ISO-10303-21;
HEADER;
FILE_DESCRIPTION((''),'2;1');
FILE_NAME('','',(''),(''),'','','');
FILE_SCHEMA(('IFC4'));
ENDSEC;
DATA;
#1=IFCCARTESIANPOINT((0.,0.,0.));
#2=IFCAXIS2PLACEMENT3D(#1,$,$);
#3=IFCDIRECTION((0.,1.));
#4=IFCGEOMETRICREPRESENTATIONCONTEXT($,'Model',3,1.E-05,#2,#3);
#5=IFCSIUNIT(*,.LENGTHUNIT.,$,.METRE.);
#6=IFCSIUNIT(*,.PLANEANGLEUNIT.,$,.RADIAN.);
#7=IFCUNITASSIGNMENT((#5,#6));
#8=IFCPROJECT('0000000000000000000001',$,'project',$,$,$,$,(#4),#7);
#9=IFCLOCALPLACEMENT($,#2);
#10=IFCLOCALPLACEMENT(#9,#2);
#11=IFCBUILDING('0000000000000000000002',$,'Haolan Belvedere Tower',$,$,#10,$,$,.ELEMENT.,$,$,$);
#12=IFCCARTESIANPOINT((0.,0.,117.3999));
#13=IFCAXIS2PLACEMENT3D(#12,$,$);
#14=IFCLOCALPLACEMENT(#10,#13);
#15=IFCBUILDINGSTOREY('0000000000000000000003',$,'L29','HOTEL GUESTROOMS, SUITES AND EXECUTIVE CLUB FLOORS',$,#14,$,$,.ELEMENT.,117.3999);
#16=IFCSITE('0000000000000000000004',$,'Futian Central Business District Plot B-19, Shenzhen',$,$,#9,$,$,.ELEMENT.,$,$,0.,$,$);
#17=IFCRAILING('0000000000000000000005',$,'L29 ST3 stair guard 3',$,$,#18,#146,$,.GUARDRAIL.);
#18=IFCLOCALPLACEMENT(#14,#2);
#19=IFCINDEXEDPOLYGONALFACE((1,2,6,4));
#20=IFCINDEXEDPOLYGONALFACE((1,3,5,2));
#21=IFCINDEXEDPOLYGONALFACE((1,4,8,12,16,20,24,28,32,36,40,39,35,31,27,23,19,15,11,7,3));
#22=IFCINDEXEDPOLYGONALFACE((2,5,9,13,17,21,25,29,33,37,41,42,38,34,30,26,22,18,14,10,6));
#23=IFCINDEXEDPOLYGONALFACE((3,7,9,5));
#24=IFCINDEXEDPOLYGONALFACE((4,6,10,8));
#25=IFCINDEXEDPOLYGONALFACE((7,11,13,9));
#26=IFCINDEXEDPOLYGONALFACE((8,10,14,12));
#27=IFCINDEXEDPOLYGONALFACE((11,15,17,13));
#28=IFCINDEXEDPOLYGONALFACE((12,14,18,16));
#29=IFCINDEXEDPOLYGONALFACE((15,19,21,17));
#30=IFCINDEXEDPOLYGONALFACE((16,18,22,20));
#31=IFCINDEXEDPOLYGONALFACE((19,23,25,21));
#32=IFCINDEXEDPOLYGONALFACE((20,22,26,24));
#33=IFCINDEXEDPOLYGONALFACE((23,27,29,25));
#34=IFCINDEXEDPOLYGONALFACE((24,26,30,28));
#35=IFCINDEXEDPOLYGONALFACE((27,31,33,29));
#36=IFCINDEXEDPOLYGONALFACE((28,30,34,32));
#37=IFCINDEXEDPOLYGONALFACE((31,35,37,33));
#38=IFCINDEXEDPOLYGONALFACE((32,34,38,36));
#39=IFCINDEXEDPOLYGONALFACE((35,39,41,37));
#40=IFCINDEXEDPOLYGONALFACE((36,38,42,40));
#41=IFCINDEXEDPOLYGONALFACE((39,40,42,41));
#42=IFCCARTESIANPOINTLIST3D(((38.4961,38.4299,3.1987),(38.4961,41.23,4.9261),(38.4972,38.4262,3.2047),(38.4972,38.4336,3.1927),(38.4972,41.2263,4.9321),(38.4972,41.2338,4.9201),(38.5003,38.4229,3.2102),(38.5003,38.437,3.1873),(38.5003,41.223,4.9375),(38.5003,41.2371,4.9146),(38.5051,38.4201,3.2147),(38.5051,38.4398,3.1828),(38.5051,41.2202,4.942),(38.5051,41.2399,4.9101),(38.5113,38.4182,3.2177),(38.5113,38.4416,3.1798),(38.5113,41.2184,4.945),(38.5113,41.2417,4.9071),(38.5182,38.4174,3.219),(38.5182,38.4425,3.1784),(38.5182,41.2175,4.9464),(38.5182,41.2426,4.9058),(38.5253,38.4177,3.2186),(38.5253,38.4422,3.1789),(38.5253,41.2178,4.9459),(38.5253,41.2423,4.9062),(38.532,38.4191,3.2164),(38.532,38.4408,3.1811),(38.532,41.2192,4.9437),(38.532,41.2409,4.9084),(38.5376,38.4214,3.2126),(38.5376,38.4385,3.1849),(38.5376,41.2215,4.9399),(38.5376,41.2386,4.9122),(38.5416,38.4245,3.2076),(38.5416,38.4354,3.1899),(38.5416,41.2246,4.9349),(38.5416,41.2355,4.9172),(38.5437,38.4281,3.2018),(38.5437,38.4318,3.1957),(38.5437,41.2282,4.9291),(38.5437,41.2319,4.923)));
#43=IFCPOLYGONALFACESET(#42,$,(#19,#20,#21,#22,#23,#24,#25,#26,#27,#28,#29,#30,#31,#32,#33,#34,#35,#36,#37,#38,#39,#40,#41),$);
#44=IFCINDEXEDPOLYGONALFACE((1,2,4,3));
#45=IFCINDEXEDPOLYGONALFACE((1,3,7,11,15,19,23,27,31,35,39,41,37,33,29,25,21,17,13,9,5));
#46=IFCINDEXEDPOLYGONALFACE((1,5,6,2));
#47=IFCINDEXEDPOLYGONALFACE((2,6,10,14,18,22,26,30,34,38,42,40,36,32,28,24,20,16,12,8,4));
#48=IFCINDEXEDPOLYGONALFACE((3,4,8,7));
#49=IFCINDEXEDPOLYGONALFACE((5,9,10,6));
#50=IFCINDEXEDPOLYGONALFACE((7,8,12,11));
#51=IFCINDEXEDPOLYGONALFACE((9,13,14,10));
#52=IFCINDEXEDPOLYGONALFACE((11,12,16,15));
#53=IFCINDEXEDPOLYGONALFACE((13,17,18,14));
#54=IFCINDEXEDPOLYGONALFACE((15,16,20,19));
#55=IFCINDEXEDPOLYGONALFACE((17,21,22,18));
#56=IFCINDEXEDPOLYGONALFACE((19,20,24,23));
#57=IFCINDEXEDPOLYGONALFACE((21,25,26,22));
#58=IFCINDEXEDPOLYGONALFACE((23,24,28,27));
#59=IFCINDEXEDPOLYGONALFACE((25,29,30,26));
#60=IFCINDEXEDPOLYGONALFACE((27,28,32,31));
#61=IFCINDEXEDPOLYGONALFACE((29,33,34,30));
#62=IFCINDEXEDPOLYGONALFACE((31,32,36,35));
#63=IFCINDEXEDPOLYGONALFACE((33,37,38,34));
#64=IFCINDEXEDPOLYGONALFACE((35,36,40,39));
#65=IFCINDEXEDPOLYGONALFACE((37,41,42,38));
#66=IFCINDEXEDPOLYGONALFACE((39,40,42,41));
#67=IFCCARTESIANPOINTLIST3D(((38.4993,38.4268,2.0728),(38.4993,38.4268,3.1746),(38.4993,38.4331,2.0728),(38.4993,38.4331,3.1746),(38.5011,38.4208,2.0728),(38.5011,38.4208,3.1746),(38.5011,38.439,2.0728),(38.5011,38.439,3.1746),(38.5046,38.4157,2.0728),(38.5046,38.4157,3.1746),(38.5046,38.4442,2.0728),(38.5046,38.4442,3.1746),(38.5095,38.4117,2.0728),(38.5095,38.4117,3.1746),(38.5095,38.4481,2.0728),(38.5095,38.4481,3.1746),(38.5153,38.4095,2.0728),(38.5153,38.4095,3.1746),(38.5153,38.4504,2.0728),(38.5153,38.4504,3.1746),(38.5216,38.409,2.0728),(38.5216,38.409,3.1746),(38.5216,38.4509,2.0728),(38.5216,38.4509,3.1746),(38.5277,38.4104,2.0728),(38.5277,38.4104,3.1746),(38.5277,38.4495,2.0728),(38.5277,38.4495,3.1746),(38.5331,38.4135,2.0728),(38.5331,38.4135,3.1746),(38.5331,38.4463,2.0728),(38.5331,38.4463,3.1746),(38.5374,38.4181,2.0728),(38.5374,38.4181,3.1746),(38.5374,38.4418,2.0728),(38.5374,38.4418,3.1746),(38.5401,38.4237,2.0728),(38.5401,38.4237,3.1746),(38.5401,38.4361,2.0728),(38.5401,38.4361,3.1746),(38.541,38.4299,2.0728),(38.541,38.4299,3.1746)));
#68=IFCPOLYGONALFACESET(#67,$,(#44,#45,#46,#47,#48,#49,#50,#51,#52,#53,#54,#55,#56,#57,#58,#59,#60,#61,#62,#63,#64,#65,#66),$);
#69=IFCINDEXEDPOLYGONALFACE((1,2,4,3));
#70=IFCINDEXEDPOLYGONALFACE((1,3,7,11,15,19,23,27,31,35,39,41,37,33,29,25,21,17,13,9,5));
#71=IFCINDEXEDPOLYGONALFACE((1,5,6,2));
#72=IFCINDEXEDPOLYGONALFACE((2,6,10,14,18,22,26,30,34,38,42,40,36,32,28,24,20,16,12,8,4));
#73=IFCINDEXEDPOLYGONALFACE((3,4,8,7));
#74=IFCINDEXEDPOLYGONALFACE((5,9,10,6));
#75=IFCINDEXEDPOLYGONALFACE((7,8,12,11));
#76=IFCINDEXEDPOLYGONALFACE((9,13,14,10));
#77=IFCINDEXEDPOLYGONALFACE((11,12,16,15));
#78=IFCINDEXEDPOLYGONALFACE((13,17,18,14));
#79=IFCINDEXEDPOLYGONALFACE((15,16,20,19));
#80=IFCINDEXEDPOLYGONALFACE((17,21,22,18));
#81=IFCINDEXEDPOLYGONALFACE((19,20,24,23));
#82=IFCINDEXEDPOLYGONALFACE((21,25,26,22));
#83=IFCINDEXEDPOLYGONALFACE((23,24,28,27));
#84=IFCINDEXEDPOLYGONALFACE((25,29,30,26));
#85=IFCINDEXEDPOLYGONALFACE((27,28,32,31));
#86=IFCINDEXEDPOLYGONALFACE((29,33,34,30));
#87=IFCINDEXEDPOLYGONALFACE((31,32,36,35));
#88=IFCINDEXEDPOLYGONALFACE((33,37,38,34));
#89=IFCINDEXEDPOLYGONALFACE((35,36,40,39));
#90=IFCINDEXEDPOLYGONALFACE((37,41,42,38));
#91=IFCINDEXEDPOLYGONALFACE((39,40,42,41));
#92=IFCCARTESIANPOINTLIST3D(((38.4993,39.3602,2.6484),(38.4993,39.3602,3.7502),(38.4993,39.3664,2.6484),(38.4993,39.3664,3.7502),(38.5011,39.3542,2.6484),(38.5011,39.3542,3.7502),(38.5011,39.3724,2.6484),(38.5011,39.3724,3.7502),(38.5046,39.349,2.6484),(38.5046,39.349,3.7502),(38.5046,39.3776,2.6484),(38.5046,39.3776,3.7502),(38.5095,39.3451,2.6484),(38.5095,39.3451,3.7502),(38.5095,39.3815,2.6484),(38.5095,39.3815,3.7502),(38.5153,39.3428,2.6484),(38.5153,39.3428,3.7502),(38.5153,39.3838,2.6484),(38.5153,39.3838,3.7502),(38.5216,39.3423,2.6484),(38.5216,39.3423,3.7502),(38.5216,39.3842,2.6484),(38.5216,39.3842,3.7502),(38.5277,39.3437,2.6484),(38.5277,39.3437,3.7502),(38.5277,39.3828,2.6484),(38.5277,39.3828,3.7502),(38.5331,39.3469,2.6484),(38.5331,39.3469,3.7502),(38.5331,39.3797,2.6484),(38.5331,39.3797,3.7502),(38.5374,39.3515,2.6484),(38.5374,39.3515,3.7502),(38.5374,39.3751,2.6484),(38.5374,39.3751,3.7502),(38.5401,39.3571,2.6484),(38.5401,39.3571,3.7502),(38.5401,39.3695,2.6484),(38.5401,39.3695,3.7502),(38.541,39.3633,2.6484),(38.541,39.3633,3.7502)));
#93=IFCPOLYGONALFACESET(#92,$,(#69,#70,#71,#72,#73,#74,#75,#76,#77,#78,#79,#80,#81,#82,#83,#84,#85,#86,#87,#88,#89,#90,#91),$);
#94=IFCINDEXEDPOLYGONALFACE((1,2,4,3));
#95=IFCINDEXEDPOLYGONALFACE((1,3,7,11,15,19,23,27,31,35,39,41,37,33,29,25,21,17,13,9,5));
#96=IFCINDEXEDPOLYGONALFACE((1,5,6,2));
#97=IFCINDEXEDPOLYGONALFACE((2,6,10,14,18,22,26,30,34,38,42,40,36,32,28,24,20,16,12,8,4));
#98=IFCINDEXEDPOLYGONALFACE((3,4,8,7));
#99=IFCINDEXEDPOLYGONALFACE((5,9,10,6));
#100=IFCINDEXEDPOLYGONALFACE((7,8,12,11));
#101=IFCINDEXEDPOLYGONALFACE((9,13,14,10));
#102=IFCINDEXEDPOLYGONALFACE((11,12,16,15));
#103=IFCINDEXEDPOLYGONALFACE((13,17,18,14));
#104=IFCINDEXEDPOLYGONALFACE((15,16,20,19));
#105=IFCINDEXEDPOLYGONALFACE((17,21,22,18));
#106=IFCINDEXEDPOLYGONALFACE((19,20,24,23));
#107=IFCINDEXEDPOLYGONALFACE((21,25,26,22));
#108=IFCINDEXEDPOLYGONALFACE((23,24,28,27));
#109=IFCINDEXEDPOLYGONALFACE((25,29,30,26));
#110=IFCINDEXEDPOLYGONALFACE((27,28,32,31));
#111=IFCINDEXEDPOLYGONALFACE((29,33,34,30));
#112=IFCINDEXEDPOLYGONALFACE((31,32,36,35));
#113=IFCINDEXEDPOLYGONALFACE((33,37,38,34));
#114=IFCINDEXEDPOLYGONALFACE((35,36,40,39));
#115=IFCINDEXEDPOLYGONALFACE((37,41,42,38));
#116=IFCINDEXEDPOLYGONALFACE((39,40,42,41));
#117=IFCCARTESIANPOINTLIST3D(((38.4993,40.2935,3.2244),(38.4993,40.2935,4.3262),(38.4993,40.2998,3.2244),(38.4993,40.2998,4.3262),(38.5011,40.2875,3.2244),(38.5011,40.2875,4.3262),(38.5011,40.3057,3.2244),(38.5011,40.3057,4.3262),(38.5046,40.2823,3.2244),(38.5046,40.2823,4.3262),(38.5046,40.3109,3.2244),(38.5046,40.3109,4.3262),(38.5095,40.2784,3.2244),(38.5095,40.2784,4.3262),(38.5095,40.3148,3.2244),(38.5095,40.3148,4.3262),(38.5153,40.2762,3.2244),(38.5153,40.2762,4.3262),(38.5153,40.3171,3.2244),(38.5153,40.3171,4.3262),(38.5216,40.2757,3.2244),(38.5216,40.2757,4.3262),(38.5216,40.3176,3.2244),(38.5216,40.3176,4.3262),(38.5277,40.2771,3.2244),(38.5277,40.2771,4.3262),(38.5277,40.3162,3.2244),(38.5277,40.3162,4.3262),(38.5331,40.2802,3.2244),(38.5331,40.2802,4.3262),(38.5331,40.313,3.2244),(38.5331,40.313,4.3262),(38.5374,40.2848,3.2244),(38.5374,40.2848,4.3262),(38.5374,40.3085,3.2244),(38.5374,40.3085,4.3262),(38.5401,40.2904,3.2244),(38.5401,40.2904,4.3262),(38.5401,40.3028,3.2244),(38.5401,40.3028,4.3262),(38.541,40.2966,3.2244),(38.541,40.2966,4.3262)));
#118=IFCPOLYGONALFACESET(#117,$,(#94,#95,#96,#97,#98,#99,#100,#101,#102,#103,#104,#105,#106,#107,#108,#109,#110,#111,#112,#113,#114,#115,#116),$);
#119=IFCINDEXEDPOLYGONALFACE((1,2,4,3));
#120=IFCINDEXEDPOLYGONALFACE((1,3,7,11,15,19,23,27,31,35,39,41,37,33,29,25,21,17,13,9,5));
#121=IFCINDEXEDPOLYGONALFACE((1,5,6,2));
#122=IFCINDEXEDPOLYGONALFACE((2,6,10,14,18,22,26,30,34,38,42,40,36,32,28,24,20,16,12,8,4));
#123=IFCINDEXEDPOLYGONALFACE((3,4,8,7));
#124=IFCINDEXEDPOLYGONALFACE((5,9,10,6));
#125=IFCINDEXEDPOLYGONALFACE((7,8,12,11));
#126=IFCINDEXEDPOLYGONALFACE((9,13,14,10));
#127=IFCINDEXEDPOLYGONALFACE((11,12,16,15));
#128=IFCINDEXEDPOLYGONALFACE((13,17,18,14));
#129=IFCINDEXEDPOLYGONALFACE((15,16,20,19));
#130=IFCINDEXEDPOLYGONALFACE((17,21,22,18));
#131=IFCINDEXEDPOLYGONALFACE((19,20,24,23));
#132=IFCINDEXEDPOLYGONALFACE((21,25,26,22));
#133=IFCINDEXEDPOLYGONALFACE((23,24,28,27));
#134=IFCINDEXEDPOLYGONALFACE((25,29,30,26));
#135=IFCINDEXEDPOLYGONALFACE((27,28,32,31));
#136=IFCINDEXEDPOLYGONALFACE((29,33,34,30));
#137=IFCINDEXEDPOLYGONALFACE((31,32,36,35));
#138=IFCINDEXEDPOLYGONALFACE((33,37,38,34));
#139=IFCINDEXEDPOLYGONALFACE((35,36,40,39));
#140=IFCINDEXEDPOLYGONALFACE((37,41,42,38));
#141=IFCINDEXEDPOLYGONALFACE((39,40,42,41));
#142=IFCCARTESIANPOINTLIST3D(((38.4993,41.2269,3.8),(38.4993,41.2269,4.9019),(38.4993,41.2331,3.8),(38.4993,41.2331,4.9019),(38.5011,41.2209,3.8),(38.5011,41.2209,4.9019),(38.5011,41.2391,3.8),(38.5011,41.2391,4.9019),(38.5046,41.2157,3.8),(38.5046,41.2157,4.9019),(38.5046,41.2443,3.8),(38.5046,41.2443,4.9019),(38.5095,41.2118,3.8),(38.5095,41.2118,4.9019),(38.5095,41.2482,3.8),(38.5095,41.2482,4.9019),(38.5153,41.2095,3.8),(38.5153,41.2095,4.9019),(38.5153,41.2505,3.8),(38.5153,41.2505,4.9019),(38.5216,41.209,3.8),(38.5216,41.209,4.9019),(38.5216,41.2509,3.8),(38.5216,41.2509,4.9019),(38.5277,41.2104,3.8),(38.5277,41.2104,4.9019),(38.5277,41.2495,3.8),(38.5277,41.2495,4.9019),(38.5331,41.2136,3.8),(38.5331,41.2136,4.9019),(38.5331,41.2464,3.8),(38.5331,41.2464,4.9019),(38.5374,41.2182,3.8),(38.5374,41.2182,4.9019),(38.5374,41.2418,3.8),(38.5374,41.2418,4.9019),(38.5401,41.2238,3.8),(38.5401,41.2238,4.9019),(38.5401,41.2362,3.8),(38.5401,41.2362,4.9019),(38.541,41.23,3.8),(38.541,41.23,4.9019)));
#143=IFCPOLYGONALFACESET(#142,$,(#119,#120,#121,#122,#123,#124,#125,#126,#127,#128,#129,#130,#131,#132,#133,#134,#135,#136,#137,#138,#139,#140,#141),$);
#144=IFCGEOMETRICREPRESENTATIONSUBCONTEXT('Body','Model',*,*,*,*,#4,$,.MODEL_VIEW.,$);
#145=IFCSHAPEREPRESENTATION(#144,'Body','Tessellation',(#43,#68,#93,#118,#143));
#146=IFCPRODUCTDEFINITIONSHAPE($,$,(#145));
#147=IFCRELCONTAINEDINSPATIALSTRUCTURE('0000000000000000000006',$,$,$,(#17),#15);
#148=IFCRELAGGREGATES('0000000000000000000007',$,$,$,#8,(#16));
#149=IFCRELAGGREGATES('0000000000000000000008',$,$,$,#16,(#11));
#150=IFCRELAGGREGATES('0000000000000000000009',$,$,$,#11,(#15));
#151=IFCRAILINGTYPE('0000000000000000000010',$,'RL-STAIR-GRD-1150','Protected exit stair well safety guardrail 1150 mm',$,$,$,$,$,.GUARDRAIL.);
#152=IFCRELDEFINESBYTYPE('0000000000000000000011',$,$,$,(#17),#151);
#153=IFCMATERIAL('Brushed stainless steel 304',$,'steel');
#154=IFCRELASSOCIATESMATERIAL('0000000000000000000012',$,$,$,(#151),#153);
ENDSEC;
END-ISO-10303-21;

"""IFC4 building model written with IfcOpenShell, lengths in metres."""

from ifc_helpers import new_model, si_unit, direction, frame, origin, origin_2d, place, context, subcontext, project, spatial, circle, extrude, material, type_object, element, save


model = new_model("IFC4")

# Units and contexts
model_context = context("Model", 3, precision=1e-05, world=origin(), true_north=direction((0.0, 1.0)))
body_context = subcontext(model_context, "Body", "Model", "MODEL_VIEW")
ifc_project = project(units=[si_unit("LENGTHUNIT", "METRE"), si_unit("PLANEANGLEUNIT", "RADIAN")], contexts=[model_context])

# Site, building, storey
site_placement = place(None, origin())
site = spatial("IfcSite", under=ifc_project, at=site_placement, Name="Futian Central Business District Plot B-19, Shenzhen", CompositionType="ELEMENT", RefElevation=0.0)
building_placement = place(site_placement, origin())
building = spatial("IfcBuilding", under=site, at=building_placement, Name="Haolan Belvedere Tower", CompositionType="ELEMENT")
storey_placement = place(building_placement, frame((0.0, 0.0, 117.3999)))
storey = spatial("IfcBuildingStorey", under=building, at=storey_placement, Name="L29", Description="HOTEL GUESTROOMS, SUITES AND EXECUTIVE CLUB FLOORS", CompositionType="ELEMENT", Elevation=117.3999)

# Railing
ifc_material_1 = material(Name="Brushed stainless steel 304", Category="steel")
railing_type_1 = type_object("IfcRailingType", Name="RL-STAIR-GRD-1150", Description="Protected exit stair well safety guardrail 1150 mm", PredefinedType="GUARDRAIL", material=ifc_material_1)
railing_1_placement = place(storey_placement, frame((38.52, 38.4299, 2.0728)))
element("IfcRailing", 1, at=railing_1_placement, inside=storey, type_object=railing_type_1, Name="L29 ST3 stair guard 3", PredefinedType="GUARDRAIL", context=body_context, shape_type="SweptSolid", body=[
    extrude(circle(Radius=0.0239, at=origin_2d()), frame((0.0, 0.0, 1.126), z_axis=(0.0, 0.85109, 0.52502), x_axis=(-1.0, 0.0, 0.0)), (0.0, 0.0, 1.0), 3.29),
    extrude(circle(Radius=0.021, at=origin_2d()), origin(), (0.0, 0.0, 1.0), 1.1018),
    extrude(circle(Radius=0.021, at=origin_2d()), frame((0.0, 0.9333, 0.5757)), (0.0, 0.0, 1.0), 1.1018),
    extrude(circle(Radius=0.021, at=origin_2d()), frame((0.0, 1.8667, 1.1516)), (0.0, 0.0, 1.0), 1.1018),
    extrude(circle(Radius=0.021, at=origin_2d()), frame((0.0, 2.8, 1.7273)), (0.0, 0.0, 1.0), 1.1018),
])

save(model, "model.ifc")
